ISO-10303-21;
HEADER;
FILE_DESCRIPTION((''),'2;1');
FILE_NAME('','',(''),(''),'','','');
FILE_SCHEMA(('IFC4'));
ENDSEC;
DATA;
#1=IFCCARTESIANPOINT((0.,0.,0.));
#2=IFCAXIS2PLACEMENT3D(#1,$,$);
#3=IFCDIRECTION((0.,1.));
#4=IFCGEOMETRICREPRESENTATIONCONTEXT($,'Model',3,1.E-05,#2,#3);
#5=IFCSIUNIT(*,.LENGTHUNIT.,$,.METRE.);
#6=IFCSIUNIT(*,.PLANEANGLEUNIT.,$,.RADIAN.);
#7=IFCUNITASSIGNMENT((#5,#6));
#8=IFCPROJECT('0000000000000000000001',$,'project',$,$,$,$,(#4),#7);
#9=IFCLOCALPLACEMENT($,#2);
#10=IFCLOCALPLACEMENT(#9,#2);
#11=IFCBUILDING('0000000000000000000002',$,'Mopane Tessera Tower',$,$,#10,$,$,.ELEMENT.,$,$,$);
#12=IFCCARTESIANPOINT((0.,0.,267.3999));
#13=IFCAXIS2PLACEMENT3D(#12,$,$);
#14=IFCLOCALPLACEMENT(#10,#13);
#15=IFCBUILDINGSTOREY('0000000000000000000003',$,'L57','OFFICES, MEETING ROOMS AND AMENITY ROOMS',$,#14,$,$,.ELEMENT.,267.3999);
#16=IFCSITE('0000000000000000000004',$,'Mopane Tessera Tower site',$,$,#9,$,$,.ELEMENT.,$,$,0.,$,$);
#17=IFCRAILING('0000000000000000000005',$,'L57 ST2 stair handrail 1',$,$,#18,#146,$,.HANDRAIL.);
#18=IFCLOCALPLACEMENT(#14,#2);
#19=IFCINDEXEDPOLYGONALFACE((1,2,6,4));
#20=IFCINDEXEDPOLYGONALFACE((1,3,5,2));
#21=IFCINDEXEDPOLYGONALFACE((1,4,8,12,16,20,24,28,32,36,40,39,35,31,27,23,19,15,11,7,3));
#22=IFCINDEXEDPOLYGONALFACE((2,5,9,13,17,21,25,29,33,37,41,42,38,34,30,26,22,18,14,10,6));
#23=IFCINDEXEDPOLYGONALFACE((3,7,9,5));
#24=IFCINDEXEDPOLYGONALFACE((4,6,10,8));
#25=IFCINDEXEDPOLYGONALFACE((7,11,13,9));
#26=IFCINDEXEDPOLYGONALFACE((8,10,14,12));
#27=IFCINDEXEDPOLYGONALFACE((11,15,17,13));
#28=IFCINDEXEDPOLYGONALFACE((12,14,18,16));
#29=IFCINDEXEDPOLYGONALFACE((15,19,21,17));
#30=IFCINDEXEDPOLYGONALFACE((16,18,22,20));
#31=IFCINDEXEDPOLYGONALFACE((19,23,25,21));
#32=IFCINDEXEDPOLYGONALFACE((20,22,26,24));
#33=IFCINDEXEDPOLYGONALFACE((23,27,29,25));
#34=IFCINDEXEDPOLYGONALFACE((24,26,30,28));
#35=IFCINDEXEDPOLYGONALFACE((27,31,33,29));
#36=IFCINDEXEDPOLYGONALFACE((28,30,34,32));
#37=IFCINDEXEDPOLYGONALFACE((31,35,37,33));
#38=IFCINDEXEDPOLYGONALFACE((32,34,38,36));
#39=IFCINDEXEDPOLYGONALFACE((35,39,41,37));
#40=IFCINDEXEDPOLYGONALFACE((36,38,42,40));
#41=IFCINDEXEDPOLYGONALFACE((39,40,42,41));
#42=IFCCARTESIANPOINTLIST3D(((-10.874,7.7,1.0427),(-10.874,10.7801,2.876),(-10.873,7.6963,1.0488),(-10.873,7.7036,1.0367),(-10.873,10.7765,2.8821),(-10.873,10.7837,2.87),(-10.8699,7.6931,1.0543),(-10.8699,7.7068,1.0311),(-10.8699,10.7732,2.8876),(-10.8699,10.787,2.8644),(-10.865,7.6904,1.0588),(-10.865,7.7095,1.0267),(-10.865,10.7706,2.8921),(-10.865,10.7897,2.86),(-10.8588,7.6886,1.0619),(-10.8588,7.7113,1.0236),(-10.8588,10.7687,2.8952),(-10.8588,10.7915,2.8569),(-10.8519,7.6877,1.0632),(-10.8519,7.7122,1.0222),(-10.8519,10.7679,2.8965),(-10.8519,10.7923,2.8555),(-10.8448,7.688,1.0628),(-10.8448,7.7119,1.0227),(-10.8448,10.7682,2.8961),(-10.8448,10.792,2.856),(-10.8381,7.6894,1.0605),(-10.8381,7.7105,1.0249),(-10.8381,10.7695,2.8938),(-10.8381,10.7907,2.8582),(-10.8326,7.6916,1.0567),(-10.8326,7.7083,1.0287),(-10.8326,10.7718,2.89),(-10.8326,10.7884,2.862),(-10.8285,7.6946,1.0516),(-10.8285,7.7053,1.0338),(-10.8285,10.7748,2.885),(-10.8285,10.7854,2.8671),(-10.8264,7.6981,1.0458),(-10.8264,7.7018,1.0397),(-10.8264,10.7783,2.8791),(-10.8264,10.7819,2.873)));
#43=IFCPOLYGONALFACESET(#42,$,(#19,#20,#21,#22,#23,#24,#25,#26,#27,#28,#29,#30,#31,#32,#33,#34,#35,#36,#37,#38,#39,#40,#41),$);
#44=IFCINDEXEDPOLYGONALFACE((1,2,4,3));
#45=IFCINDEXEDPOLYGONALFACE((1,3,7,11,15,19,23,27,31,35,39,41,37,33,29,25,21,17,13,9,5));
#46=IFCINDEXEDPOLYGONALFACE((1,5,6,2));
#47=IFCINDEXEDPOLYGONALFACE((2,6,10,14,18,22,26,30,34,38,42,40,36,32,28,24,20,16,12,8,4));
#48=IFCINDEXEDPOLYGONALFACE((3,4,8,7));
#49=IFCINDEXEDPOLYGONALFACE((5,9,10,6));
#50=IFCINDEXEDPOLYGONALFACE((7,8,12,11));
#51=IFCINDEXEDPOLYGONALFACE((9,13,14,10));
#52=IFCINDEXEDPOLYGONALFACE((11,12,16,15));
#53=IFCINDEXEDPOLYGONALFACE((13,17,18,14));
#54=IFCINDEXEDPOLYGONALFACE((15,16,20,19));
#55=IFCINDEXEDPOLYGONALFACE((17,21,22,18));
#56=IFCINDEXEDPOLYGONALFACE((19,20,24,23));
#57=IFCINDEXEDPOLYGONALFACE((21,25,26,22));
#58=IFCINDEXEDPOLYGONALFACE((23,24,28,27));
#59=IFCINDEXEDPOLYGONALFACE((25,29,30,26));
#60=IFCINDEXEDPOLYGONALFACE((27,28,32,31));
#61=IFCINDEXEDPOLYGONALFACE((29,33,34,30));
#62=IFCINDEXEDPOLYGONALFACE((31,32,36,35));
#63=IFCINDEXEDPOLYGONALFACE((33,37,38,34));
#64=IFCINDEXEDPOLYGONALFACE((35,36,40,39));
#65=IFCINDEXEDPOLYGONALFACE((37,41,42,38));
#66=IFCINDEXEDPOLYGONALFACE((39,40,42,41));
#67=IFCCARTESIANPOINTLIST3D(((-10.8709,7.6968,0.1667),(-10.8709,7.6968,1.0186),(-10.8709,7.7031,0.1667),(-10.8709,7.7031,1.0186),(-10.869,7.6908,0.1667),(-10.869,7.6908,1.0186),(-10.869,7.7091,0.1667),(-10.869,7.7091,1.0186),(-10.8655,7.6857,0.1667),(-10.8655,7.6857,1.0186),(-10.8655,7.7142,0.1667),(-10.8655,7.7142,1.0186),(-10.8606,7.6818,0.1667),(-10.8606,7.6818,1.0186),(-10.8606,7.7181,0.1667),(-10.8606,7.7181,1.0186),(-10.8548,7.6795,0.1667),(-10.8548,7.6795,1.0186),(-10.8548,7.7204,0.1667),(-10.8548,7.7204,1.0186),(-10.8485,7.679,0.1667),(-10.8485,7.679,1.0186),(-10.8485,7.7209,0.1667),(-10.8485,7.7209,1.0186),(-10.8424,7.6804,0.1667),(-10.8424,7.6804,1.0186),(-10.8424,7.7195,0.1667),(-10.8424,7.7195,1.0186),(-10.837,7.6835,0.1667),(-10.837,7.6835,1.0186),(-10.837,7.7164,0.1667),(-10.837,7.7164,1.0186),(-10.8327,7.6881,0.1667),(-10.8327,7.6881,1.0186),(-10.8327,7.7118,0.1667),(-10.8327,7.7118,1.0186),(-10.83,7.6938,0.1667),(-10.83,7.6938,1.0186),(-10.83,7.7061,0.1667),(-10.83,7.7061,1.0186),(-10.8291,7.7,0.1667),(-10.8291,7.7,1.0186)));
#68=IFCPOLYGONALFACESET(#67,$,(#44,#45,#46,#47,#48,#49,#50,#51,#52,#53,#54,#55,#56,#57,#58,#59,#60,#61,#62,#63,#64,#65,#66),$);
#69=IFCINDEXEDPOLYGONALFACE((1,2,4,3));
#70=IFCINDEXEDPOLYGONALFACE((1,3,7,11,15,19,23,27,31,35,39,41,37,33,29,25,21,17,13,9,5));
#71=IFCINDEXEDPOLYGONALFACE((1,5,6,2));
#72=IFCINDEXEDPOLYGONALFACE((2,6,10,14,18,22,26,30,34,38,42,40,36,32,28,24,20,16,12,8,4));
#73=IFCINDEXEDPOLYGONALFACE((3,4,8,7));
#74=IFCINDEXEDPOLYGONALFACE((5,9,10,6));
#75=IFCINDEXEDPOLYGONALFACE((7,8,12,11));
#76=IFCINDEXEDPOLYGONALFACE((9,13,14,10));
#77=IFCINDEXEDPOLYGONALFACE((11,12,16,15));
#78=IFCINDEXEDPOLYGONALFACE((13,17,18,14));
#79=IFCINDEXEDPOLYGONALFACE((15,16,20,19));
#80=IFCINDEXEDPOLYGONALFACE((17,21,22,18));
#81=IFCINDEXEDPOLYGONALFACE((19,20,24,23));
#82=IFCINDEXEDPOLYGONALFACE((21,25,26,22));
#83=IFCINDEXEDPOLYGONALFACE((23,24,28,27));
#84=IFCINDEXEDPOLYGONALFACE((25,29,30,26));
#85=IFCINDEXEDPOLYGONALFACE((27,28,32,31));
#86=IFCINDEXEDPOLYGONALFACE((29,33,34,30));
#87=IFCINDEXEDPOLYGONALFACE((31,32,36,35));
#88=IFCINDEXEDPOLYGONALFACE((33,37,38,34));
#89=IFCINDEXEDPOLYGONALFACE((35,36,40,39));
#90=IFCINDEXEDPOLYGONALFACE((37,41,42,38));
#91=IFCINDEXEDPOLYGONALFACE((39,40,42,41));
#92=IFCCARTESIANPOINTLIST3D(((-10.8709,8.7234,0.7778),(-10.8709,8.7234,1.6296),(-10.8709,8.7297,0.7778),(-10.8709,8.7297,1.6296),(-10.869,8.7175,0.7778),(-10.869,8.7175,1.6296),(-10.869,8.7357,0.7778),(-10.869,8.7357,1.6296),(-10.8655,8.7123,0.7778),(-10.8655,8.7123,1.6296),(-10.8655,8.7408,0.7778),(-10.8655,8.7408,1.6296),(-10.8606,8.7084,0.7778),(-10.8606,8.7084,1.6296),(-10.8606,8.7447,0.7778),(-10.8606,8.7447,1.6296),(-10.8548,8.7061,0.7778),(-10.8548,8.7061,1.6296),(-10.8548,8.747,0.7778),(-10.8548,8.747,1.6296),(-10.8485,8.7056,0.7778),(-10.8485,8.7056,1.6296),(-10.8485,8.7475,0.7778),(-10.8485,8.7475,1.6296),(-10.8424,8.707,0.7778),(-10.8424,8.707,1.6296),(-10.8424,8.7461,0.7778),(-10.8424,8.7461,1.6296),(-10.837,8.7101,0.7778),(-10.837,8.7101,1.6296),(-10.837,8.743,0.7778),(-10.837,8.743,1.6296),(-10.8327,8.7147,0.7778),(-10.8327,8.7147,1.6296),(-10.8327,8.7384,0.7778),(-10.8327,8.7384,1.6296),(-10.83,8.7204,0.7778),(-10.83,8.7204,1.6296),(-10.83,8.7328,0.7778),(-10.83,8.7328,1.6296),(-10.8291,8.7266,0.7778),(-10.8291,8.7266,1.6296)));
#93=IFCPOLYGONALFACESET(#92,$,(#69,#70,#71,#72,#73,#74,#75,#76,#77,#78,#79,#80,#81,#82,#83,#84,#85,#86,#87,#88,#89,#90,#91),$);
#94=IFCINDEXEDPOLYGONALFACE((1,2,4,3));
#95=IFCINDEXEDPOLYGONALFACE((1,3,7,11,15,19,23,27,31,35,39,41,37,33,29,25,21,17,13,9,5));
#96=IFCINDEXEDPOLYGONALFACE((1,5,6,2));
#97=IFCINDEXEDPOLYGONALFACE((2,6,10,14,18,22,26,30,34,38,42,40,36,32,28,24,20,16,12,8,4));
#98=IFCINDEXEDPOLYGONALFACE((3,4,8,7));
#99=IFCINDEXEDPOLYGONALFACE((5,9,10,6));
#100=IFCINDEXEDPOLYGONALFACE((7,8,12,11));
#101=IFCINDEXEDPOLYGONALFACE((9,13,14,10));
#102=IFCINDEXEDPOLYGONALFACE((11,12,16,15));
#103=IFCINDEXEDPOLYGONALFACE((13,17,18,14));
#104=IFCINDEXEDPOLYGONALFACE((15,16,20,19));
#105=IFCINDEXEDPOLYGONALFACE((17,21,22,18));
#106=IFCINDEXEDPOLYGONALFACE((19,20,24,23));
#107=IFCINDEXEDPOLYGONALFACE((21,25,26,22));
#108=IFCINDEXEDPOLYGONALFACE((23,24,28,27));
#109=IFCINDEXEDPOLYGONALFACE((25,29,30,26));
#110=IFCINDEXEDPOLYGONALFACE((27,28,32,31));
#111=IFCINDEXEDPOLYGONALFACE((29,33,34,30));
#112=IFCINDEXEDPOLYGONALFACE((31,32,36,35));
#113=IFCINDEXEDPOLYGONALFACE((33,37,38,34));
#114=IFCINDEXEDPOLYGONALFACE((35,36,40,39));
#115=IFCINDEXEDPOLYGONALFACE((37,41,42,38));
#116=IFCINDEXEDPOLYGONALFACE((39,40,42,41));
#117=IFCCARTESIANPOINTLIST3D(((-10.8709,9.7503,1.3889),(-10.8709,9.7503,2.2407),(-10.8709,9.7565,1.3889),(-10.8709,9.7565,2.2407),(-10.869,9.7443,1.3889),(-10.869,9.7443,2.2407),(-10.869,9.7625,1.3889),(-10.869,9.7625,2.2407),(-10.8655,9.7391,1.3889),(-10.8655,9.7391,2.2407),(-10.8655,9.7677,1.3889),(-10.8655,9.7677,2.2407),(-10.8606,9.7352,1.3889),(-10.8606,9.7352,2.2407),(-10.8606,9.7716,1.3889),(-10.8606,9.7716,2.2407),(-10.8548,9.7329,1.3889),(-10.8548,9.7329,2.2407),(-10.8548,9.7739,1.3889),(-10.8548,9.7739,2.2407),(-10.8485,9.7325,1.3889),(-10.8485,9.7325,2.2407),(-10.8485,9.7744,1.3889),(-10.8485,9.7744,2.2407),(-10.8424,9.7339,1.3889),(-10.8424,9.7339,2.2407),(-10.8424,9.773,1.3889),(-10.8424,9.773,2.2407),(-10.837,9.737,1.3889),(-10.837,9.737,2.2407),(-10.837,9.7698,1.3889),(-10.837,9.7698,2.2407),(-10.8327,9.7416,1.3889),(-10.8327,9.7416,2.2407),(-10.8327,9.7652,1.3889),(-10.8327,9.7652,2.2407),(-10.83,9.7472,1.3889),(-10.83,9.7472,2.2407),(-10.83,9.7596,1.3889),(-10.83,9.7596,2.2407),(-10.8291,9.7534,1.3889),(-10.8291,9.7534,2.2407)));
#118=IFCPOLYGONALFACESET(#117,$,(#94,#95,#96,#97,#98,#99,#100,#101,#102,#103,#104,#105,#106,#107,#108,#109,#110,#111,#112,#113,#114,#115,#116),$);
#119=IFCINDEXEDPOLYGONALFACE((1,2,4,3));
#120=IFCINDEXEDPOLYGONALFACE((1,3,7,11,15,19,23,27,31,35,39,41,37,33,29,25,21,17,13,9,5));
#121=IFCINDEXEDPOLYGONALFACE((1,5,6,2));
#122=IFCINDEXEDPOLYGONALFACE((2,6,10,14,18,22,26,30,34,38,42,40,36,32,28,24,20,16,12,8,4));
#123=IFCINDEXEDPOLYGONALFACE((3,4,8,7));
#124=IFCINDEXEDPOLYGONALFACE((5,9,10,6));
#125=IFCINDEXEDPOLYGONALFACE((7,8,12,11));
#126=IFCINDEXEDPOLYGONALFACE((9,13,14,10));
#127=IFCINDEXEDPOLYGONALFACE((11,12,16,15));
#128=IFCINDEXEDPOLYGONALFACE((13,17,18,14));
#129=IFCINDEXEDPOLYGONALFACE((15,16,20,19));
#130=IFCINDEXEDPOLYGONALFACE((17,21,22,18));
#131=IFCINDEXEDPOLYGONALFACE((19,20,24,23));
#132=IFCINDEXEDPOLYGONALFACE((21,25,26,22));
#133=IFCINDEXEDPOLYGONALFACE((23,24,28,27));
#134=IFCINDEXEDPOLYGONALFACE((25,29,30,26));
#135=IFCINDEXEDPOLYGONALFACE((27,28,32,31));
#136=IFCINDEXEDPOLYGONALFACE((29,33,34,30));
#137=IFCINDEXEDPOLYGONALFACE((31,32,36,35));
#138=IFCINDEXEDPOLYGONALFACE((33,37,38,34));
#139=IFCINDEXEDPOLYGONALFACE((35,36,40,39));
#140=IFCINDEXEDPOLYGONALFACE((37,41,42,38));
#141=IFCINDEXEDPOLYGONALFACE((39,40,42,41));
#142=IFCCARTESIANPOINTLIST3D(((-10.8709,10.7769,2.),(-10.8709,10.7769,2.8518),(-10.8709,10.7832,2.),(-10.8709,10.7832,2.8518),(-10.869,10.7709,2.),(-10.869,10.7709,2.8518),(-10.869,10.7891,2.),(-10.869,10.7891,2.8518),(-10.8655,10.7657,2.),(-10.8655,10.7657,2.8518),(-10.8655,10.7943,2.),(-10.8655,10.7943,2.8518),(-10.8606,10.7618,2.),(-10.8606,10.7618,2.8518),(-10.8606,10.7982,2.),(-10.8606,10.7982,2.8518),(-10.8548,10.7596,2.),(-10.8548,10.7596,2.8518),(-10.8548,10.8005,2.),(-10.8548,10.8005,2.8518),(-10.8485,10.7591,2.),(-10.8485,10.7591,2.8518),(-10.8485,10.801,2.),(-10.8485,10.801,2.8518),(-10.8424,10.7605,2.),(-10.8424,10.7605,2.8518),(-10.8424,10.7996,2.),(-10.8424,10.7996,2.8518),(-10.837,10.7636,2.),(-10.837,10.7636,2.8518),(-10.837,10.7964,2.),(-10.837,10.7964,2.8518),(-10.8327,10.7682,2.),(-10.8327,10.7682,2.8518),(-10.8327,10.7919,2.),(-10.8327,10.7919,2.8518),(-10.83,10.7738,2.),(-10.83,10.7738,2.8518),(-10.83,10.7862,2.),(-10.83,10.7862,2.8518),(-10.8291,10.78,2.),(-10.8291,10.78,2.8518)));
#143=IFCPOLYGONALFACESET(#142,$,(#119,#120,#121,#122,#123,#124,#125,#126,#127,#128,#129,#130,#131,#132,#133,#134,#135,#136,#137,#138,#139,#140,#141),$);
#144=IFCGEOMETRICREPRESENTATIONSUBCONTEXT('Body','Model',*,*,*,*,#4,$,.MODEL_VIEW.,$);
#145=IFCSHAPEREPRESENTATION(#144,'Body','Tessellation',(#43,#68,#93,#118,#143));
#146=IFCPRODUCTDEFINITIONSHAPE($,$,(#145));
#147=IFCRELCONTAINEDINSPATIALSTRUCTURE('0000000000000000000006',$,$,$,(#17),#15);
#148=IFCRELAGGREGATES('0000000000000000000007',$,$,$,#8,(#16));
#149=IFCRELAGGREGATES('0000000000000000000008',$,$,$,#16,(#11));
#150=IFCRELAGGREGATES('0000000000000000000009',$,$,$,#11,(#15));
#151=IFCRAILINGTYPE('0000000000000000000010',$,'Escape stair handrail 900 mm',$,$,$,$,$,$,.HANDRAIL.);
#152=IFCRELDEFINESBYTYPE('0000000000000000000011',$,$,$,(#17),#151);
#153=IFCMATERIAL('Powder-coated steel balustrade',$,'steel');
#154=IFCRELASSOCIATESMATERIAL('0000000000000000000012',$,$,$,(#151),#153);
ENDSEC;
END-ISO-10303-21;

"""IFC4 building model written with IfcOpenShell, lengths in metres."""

from ifc_helpers import new_model, si_unit, direction, frame, origin, origin_2d, place, context, subcontext, project, spatial, circle, extrude, material, type_object, element, save


model = new_model("IFC4")

# Units and contexts
model_context = context("Model", 3, precision=1e-05, world=origin(), true_north=direction((0.0, 1.0)))
body_context = subcontext(model_context, "Body", "Model", "MODEL_VIEW")
ifc_project = project(units=[si_unit("LENGTHUNIT", "METRE"), si_unit("PLANEANGLEUNIT", "RADIAN")], contexts=[model_context])

# Site, building, storey
site_placement = place(None, origin())
site = spatial("IfcSite", under=ifc_project, at=site_placement, Name="Mopane Tessera Tower site", CompositionType="ELEMENT", RefElevation=0.0)
building_placement = place(site_placement, origin())
building = spatial("IfcBuilding", under=site, at=building_placement, Name="Mopane Tessera Tower", CompositionType="ELEMENT")
storey_placement = place(building_placement, frame((0.0, 0.0, 267.3999)))
storey = spatial("IfcBuildingStorey", under=building, at=storey_placement, Name="L57", Description="OFFICES, MEETING ROOMS AND AMENITY ROOMS", CompositionType="ELEMENT", Elevation=267.3999)

# Railing
ifc_material_1 = material(Name="Powder-coated steel balustrade", Category="steel")
railing_type_1 = type_object("IfcRailingType", Name="Escape stair handrail 900 mm", PredefinedType="HANDRAIL", material=ifc_material_1)
railing_1_placement = place(storey_placement, frame((-10.8501, 7.7, 0.1667)))
element("IfcRailing", 1, at=railing_1_placement, inside=storey, type_object=railing_type_1, Name="L57 ST2 stair handrail 1", PredefinedType="HANDRAIL", context=body_context, shape_type="SweptSolid", body=[
    extrude(circle(Radius=0.0239, at=origin_2d()), frame((0.0, 0.0, 0.876), z_axis=(0.0, 0.859309, 0.511458), x_axis=(-1.0, 0.0, 0.0)), (0.0, 0.0, 1.0), 3.5845),
    extrude(circle(Radius=0.021, at=origin_2d()), origin(), (0.0, 0.0, 1.0), 0.8518),
    extrude(circle(Radius=0.021, at=origin_2d()), frame((0.0, 1.0266, 0.6111)), (0.0, 0.0, 1.0), 0.8518),
    extrude(circle(Radius=0.021, at=origin_2d()), frame((0.0, 2.0535, 1.2222)), (0.0, 0.0, 1.0), 0.8518),
    extrude(circle(Radius=0.021, at=origin_2d()), frame((0.0, 3.0801, 1.8333)), (0.0, 0.0, 1.0), 0.8518),
])

save(model, "model.ifc")
